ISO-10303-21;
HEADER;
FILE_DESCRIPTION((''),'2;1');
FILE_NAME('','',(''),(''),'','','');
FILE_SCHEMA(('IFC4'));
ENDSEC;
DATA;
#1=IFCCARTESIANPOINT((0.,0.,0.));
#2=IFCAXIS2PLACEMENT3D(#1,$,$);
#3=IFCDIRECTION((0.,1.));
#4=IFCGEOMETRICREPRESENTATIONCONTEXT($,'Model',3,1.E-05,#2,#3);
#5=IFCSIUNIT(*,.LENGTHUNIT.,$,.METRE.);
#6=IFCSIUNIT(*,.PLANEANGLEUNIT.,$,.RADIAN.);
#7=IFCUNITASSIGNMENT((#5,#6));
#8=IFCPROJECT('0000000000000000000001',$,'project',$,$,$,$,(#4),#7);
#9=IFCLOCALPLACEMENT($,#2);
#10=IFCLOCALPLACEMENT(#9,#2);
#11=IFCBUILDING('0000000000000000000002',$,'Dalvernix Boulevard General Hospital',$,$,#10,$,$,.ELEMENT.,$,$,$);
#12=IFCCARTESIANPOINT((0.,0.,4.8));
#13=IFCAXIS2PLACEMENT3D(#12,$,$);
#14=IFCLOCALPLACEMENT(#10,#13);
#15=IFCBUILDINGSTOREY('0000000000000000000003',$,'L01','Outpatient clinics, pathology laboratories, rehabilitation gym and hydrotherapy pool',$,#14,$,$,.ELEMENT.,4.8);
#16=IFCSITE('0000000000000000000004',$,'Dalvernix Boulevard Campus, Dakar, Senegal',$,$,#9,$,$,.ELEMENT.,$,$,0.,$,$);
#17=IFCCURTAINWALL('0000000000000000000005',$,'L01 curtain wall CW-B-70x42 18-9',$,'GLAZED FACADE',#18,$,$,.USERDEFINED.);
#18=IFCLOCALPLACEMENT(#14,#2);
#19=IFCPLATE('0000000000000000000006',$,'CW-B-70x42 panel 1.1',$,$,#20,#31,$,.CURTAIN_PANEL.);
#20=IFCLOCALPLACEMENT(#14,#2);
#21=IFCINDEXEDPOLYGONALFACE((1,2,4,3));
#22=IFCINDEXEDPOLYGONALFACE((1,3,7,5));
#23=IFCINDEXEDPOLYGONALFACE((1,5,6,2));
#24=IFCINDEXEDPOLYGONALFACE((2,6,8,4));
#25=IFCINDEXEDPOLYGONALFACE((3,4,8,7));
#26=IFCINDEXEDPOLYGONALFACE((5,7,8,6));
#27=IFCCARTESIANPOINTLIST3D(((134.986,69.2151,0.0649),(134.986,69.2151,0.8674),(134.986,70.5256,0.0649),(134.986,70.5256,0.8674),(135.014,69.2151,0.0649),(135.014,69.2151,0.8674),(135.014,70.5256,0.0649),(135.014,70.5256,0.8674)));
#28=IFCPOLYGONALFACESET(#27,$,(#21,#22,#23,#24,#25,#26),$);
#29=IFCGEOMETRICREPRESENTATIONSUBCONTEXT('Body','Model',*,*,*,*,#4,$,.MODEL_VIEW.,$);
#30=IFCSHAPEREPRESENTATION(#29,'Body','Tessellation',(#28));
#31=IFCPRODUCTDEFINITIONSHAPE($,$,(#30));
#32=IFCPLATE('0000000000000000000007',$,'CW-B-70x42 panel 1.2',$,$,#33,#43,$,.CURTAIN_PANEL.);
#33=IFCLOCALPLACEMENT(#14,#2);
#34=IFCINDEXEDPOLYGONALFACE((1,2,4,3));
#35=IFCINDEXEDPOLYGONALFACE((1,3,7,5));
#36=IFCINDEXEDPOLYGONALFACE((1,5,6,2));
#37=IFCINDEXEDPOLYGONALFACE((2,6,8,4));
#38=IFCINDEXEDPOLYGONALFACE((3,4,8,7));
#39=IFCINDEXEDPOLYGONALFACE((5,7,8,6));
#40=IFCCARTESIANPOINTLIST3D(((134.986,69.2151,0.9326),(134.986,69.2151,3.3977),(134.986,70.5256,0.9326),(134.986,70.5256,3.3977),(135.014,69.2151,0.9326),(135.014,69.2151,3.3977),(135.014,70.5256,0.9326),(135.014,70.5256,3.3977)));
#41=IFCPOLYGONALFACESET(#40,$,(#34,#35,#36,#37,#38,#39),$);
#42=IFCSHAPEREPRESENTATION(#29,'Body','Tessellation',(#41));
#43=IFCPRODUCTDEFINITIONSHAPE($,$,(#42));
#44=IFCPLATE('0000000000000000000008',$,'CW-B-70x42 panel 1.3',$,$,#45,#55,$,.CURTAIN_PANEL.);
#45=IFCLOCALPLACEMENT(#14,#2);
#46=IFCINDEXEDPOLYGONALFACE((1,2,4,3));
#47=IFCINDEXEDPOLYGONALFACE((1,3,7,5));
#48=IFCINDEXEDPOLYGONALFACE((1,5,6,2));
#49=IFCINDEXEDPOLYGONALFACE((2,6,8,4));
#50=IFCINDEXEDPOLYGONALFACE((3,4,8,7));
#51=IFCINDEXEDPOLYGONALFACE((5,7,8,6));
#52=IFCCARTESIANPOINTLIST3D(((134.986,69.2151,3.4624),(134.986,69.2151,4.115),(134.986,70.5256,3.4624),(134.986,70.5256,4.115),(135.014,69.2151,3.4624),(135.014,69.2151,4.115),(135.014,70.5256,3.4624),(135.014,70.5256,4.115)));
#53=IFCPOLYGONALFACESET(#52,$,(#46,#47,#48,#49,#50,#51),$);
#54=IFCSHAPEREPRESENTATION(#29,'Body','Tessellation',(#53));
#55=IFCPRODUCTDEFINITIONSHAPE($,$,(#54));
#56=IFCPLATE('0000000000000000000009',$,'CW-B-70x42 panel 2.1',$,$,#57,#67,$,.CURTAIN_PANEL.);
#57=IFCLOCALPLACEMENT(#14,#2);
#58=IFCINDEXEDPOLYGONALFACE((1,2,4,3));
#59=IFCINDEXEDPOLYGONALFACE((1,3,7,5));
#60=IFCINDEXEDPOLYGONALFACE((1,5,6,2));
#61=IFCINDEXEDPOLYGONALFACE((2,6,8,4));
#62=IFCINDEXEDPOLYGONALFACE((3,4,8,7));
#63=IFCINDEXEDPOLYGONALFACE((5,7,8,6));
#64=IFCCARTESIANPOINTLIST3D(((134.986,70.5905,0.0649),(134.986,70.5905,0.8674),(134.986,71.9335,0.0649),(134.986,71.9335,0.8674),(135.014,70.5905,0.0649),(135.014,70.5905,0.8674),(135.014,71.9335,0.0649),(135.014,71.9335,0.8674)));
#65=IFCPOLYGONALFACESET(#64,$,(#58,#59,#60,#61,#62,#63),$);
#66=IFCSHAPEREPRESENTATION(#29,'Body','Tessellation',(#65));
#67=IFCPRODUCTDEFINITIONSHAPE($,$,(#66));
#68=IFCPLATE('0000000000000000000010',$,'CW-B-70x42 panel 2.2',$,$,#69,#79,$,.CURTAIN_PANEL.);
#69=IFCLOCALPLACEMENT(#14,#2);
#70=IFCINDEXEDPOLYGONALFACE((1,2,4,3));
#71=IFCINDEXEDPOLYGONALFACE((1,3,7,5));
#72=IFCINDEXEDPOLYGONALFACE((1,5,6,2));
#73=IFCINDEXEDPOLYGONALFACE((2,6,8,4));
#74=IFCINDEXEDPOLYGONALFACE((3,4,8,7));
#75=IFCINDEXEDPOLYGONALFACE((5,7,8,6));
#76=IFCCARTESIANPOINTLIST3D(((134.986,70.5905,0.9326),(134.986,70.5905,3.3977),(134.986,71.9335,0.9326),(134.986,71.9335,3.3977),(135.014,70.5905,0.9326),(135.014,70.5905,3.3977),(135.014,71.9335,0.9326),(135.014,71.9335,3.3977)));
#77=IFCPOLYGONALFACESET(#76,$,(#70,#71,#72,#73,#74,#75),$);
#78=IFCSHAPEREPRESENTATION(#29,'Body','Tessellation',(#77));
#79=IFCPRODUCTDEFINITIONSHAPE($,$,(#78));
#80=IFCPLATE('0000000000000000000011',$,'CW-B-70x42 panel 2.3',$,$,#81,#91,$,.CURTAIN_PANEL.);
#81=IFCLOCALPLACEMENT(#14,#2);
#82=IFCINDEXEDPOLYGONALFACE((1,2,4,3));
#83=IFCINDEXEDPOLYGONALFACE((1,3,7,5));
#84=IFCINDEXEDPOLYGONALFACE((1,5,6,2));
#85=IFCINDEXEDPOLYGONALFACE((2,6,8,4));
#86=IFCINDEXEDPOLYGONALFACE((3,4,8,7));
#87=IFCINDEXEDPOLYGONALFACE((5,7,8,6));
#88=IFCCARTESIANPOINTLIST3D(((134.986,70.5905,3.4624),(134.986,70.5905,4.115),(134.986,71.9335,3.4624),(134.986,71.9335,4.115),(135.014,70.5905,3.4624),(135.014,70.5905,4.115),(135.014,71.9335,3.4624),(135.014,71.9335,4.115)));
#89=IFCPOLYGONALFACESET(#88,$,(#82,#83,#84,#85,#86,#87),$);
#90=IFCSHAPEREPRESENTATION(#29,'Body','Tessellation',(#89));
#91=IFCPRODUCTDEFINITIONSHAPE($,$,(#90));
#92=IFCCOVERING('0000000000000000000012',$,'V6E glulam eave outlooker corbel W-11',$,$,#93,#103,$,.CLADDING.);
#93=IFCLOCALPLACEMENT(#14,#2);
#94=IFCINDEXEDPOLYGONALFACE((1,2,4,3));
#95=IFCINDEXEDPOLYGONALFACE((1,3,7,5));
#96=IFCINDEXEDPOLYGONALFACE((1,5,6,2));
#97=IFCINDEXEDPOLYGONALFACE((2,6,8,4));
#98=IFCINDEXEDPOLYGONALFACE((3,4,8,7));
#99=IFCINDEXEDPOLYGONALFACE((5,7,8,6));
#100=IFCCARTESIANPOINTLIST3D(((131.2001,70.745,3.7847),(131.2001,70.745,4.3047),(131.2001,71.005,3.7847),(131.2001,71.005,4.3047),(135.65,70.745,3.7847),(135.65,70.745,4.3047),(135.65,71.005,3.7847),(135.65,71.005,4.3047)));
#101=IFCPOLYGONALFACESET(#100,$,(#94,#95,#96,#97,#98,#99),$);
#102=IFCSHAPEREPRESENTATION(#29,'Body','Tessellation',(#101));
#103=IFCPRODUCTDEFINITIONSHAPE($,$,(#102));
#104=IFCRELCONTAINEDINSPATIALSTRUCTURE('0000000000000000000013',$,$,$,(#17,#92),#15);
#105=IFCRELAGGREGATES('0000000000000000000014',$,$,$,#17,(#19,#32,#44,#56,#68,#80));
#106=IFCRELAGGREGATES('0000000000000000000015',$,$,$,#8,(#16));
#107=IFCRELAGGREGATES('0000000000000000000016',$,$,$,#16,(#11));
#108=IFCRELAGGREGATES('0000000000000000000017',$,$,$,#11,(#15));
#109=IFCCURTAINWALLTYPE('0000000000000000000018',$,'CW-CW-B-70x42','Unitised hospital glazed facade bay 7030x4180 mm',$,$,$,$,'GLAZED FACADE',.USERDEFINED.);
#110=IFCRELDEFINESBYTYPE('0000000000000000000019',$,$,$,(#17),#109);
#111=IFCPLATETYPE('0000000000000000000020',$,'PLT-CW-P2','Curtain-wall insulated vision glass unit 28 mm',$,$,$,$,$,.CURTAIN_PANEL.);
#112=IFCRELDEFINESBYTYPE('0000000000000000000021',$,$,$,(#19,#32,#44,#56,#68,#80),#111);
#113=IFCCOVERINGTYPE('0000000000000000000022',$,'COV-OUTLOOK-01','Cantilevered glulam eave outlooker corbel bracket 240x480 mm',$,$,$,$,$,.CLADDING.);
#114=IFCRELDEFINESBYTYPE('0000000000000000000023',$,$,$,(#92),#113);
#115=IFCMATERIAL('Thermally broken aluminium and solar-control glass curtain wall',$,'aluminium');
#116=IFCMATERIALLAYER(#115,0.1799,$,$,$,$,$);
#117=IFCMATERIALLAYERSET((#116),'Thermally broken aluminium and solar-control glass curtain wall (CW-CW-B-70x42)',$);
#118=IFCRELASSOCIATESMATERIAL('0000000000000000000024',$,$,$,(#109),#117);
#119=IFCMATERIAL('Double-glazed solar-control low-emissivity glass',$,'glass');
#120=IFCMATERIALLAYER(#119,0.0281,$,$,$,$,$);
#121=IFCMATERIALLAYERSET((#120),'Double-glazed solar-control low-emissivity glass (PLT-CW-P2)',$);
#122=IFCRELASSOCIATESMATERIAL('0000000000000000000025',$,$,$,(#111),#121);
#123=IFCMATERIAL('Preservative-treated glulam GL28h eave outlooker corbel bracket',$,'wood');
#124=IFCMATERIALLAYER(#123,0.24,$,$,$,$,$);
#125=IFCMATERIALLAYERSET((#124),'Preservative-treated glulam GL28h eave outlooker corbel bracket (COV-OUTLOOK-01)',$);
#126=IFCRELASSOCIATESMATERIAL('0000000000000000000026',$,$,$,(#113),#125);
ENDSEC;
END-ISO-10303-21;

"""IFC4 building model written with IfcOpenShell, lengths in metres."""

from ifc_helpers import new_model, si_unit, direction, frame, origin, origin_2d, place, context, subcontext, project, spatial, rectangle, extrude, material, layer, layer_set, type_object, element, aggregate, save


model = new_model("IFC4")

# Units and contexts
model_context = context("Model", 3, precision=1e-05, world=origin(), true_north=direction((0.0, 1.0)))
body_context = subcontext(model_context, "Body", "Model", "MODEL_VIEW")
ifc_project = project(units=[si_unit("LENGTHUNIT", "METRE"), si_unit("PLANEANGLEUNIT", "RADIAN")], contexts=[model_context])

# Site, building, storey
site_placement = place(None, origin())
site = spatial("IfcSite", under=ifc_project, at=site_placement, Name="Dalvernix Boulevard Campus, Dakar, Senegal", CompositionType="ELEMENT", RefElevation=0.0)
building_placement = place(site_placement, origin())
building = spatial("IfcBuilding", under=site, at=building_placement, Name="Dalvernix Boulevard General Hospital", CompositionType="ELEMENT")
storey_placement = place(building_placement, frame((0.0, 0.0, 4.8)))
storey = spatial("IfcBuildingStorey", under=building, at=storey_placement, Name="L01", Description="Outpatient clinics, pathology laboratories, rehabilitation gym and hydrotherapy pool", CompositionType="ELEMENT", Elevation=4.8)

# Curtain wall, plates
ifc_material_1 = material(Name="Thermally broken aluminium and solar-control glass curtain wall", Category="aluminium")
ifc_layer_1 = layer(ifc_material_1, 0.1799)
ifc_layer_set_1 = layer_set([ifc_layer_1], Name="Thermally broken aluminium and solar-control glass curtain wall (CW-CW-B-70x42)")
curtain_wall_type = type_object("IfcCurtainWallType", Name="CW-CW-B-70x42", Description="Unitised hospital glazed facade bay 7030x4180 mm", ElementType="GLAZED FACADE", PredefinedType="USERDEFINED", material=ifc_layer_set_1)
curtain_wall_placement = place(storey_placement, origin())
curtain_wall = element("IfcCurtainWall", 1, at=curtain_wall_placement, inside=storey, type_object=curtain_wall_type, Name="L01 curtain wall CW-B-70x42 18-9", ObjectType="GLAZED FACADE", PredefinedType="USERDEFINED")
ifc_material_2 = material(Name="Double-glazed solar-control low-emissivity glass", Category="glass")
ifc_layer_2 = layer(ifc_material_2, 0.0281)
ifc_layer_set_2 = layer_set([ifc_layer_2], Name="Double-glazed solar-control low-emissivity glass (PLT-CW-P2)")
plate_type = type_object("IfcPlateType", Name="PLT-CW-P2", Description="Curtain-wall insulated vision glass unit 28 mm", PredefinedType="CURTAIN_PANEL", material=ifc_layer_set_2)
plate_1_placement = place(storey_placement, frame((135.0, 69.8704, 0.0649), z_axis=(0.0, 0.0, 1.0), x_axis=(0.0, 1.0, 0.0)))
plate_1 = element("IfcPlate", 2, at=plate_1_placement, type_object=plate_type, Name="CW-B-70x42 panel 1.1", PredefinedType="CURTAIN_PANEL", context=body_context, shape_type="SweptSolid", body=[
    extrude(rectangle(XDim=1.3105, YDim=0.0281, at=origin_2d()), origin(), (0.0, 0.0, 1.0), 0.8025),
])
plate_2_placement = place(storey_placement, frame((135.0, 69.8704, 0.9326), z_axis=(0.0, 0.0, 1.0), x_axis=(0.0, 1.0, 0.0)))
plate_2 = element("IfcPlate", 3, at=plate_2_placement, type_object=plate_type, Name="CW-B-70x42 panel 1.2", PredefinedType="CURTAIN_PANEL", context=body_context, shape_type="SweptSolid", body=[
    extrude(rectangle(XDim=1.3105, YDim=0.0281, at=origin_2d()), origin(), (0.0, 0.0, 1.0), 2.4651),
])
plate_3_placement = place(storey_placement, frame((135.0, 69.8704, 3.4624), z_axis=(0.0, 0.0, 1.0), x_axis=(0.0, 1.0, 0.0)))
plate_3 = element("IfcPlate", 4, at=plate_3_placement, type_object=plate_type, Name="CW-B-70x42 panel 1.3", PredefinedType="CURTAIN_PANEL", context=body_context, shape_type="SweptSolid", body=[
    extrude(rectangle(XDim=1.3105, YDim=0.0281, at=origin_2d()), origin(), (0.0, 0.0, 1.0), 0.6526),
])
plate_4_placement = place(storey_placement, frame((135.0, 71.262, 0.0649), z_axis=(0.0, 0.0, 1.0), x_axis=(0.0, 1.0, 0.0)))
plate_4 = element("IfcPlate", 5, at=plate_4_placement, type_object=plate_type, Name="CW-B-70x42 panel 2.1", PredefinedType="CURTAIN_PANEL", context=body_context, shape_type="SweptSolid", body=[
    extrude(rectangle(XDim=1.343, YDim=0.0281, at=origin_2d()), origin(), (0.0, 0.0, 1.0), 0.8025),
])
plate_5_placement = place(storey_placement, frame((135.0, 71.262, 0.9326), z_axis=(0.0, 0.0, 1.0), x_axis=(0.0, 1.0, 0.0)))
plate_5 = element("IfcPlate", 6, at=plate_5_placement, type_object=plate_type, Name="CW-B-70x42 panel 2.2", PredefinedType="CURTAIN_PANEL", context=body_context, shape_type="SweptSolid", body=[
    extrude(rectangle(XDim=1.343, YDim=0.0281, at=origin_2d()), origin(), (0.0, 0.0, 1.0), 2.4651),
])
plate_6_placement = place(storey_placement, frame((135.0, 71.262, 3.4624), z_axis=(0.0, 0.0, 1.0), x_axis=(0.0, 1.0, 0.0)))
plate_6 = element("IfcPlate", 7, at=plate_6_placement, type_object=plate_type, Name="CW-B-70x42 panel 2.3", PredefinedType="CURTAIN_PANEL", context=body_context, shape_type="SweptSolid", body=[
    extrude(rectangle(XDim=1.343, YDim=0.0281, at=origin_2d()), origin(), (0.0, 0.0, 1.0), 0.6526),
])
aggregate(curtain_wall, [plate_1, plate_2, plate_3, plate_4, plate_5, plate_6])

# Covering
ifc_material_3 = material(Name="Preservative-treated glulam GL28h eave outlooker corbel bracket", Category="wood")
ifc_layer_3 = layer(ifc_material_3, 0.24)
ifc_layer_set_3 = layer_set([ifc_layer_3], Name="Preservative-treated glulam GL28h eave outlooker corbel bracket (COV-OUTLOOK-01)")
covering_type = type_object("IfcCoveringType", Name="COV-OUTLOOK-01", Description="Cantilevered glulam eave outlooker corbel bracket 240x480 mm", PredefinedType="CLADDING", material=ifc_layer_set_3)
covering_placement = place(storey_placement, frame((133.425, 70.875, 3.7847), z_axis=(0.0, 0.0, 1.0), x_axis=(1.0, 0.0, 0.0)))
element("IfcCovering", 8, at=covering_placement, inside=storey, type_object=covering_type, Name="V6E glulam eave outlooker corbel W-11", PredefinedType="CLADDING", context=body_context, shape_type="SweptSolid", body=[
    extrude(rectangle(XDim=4.45, YDim=0.26, at=origin_2d()), origin(), (0.0, 0.0, 1.0), 0.52),
])

save(model, "model.ifc")
